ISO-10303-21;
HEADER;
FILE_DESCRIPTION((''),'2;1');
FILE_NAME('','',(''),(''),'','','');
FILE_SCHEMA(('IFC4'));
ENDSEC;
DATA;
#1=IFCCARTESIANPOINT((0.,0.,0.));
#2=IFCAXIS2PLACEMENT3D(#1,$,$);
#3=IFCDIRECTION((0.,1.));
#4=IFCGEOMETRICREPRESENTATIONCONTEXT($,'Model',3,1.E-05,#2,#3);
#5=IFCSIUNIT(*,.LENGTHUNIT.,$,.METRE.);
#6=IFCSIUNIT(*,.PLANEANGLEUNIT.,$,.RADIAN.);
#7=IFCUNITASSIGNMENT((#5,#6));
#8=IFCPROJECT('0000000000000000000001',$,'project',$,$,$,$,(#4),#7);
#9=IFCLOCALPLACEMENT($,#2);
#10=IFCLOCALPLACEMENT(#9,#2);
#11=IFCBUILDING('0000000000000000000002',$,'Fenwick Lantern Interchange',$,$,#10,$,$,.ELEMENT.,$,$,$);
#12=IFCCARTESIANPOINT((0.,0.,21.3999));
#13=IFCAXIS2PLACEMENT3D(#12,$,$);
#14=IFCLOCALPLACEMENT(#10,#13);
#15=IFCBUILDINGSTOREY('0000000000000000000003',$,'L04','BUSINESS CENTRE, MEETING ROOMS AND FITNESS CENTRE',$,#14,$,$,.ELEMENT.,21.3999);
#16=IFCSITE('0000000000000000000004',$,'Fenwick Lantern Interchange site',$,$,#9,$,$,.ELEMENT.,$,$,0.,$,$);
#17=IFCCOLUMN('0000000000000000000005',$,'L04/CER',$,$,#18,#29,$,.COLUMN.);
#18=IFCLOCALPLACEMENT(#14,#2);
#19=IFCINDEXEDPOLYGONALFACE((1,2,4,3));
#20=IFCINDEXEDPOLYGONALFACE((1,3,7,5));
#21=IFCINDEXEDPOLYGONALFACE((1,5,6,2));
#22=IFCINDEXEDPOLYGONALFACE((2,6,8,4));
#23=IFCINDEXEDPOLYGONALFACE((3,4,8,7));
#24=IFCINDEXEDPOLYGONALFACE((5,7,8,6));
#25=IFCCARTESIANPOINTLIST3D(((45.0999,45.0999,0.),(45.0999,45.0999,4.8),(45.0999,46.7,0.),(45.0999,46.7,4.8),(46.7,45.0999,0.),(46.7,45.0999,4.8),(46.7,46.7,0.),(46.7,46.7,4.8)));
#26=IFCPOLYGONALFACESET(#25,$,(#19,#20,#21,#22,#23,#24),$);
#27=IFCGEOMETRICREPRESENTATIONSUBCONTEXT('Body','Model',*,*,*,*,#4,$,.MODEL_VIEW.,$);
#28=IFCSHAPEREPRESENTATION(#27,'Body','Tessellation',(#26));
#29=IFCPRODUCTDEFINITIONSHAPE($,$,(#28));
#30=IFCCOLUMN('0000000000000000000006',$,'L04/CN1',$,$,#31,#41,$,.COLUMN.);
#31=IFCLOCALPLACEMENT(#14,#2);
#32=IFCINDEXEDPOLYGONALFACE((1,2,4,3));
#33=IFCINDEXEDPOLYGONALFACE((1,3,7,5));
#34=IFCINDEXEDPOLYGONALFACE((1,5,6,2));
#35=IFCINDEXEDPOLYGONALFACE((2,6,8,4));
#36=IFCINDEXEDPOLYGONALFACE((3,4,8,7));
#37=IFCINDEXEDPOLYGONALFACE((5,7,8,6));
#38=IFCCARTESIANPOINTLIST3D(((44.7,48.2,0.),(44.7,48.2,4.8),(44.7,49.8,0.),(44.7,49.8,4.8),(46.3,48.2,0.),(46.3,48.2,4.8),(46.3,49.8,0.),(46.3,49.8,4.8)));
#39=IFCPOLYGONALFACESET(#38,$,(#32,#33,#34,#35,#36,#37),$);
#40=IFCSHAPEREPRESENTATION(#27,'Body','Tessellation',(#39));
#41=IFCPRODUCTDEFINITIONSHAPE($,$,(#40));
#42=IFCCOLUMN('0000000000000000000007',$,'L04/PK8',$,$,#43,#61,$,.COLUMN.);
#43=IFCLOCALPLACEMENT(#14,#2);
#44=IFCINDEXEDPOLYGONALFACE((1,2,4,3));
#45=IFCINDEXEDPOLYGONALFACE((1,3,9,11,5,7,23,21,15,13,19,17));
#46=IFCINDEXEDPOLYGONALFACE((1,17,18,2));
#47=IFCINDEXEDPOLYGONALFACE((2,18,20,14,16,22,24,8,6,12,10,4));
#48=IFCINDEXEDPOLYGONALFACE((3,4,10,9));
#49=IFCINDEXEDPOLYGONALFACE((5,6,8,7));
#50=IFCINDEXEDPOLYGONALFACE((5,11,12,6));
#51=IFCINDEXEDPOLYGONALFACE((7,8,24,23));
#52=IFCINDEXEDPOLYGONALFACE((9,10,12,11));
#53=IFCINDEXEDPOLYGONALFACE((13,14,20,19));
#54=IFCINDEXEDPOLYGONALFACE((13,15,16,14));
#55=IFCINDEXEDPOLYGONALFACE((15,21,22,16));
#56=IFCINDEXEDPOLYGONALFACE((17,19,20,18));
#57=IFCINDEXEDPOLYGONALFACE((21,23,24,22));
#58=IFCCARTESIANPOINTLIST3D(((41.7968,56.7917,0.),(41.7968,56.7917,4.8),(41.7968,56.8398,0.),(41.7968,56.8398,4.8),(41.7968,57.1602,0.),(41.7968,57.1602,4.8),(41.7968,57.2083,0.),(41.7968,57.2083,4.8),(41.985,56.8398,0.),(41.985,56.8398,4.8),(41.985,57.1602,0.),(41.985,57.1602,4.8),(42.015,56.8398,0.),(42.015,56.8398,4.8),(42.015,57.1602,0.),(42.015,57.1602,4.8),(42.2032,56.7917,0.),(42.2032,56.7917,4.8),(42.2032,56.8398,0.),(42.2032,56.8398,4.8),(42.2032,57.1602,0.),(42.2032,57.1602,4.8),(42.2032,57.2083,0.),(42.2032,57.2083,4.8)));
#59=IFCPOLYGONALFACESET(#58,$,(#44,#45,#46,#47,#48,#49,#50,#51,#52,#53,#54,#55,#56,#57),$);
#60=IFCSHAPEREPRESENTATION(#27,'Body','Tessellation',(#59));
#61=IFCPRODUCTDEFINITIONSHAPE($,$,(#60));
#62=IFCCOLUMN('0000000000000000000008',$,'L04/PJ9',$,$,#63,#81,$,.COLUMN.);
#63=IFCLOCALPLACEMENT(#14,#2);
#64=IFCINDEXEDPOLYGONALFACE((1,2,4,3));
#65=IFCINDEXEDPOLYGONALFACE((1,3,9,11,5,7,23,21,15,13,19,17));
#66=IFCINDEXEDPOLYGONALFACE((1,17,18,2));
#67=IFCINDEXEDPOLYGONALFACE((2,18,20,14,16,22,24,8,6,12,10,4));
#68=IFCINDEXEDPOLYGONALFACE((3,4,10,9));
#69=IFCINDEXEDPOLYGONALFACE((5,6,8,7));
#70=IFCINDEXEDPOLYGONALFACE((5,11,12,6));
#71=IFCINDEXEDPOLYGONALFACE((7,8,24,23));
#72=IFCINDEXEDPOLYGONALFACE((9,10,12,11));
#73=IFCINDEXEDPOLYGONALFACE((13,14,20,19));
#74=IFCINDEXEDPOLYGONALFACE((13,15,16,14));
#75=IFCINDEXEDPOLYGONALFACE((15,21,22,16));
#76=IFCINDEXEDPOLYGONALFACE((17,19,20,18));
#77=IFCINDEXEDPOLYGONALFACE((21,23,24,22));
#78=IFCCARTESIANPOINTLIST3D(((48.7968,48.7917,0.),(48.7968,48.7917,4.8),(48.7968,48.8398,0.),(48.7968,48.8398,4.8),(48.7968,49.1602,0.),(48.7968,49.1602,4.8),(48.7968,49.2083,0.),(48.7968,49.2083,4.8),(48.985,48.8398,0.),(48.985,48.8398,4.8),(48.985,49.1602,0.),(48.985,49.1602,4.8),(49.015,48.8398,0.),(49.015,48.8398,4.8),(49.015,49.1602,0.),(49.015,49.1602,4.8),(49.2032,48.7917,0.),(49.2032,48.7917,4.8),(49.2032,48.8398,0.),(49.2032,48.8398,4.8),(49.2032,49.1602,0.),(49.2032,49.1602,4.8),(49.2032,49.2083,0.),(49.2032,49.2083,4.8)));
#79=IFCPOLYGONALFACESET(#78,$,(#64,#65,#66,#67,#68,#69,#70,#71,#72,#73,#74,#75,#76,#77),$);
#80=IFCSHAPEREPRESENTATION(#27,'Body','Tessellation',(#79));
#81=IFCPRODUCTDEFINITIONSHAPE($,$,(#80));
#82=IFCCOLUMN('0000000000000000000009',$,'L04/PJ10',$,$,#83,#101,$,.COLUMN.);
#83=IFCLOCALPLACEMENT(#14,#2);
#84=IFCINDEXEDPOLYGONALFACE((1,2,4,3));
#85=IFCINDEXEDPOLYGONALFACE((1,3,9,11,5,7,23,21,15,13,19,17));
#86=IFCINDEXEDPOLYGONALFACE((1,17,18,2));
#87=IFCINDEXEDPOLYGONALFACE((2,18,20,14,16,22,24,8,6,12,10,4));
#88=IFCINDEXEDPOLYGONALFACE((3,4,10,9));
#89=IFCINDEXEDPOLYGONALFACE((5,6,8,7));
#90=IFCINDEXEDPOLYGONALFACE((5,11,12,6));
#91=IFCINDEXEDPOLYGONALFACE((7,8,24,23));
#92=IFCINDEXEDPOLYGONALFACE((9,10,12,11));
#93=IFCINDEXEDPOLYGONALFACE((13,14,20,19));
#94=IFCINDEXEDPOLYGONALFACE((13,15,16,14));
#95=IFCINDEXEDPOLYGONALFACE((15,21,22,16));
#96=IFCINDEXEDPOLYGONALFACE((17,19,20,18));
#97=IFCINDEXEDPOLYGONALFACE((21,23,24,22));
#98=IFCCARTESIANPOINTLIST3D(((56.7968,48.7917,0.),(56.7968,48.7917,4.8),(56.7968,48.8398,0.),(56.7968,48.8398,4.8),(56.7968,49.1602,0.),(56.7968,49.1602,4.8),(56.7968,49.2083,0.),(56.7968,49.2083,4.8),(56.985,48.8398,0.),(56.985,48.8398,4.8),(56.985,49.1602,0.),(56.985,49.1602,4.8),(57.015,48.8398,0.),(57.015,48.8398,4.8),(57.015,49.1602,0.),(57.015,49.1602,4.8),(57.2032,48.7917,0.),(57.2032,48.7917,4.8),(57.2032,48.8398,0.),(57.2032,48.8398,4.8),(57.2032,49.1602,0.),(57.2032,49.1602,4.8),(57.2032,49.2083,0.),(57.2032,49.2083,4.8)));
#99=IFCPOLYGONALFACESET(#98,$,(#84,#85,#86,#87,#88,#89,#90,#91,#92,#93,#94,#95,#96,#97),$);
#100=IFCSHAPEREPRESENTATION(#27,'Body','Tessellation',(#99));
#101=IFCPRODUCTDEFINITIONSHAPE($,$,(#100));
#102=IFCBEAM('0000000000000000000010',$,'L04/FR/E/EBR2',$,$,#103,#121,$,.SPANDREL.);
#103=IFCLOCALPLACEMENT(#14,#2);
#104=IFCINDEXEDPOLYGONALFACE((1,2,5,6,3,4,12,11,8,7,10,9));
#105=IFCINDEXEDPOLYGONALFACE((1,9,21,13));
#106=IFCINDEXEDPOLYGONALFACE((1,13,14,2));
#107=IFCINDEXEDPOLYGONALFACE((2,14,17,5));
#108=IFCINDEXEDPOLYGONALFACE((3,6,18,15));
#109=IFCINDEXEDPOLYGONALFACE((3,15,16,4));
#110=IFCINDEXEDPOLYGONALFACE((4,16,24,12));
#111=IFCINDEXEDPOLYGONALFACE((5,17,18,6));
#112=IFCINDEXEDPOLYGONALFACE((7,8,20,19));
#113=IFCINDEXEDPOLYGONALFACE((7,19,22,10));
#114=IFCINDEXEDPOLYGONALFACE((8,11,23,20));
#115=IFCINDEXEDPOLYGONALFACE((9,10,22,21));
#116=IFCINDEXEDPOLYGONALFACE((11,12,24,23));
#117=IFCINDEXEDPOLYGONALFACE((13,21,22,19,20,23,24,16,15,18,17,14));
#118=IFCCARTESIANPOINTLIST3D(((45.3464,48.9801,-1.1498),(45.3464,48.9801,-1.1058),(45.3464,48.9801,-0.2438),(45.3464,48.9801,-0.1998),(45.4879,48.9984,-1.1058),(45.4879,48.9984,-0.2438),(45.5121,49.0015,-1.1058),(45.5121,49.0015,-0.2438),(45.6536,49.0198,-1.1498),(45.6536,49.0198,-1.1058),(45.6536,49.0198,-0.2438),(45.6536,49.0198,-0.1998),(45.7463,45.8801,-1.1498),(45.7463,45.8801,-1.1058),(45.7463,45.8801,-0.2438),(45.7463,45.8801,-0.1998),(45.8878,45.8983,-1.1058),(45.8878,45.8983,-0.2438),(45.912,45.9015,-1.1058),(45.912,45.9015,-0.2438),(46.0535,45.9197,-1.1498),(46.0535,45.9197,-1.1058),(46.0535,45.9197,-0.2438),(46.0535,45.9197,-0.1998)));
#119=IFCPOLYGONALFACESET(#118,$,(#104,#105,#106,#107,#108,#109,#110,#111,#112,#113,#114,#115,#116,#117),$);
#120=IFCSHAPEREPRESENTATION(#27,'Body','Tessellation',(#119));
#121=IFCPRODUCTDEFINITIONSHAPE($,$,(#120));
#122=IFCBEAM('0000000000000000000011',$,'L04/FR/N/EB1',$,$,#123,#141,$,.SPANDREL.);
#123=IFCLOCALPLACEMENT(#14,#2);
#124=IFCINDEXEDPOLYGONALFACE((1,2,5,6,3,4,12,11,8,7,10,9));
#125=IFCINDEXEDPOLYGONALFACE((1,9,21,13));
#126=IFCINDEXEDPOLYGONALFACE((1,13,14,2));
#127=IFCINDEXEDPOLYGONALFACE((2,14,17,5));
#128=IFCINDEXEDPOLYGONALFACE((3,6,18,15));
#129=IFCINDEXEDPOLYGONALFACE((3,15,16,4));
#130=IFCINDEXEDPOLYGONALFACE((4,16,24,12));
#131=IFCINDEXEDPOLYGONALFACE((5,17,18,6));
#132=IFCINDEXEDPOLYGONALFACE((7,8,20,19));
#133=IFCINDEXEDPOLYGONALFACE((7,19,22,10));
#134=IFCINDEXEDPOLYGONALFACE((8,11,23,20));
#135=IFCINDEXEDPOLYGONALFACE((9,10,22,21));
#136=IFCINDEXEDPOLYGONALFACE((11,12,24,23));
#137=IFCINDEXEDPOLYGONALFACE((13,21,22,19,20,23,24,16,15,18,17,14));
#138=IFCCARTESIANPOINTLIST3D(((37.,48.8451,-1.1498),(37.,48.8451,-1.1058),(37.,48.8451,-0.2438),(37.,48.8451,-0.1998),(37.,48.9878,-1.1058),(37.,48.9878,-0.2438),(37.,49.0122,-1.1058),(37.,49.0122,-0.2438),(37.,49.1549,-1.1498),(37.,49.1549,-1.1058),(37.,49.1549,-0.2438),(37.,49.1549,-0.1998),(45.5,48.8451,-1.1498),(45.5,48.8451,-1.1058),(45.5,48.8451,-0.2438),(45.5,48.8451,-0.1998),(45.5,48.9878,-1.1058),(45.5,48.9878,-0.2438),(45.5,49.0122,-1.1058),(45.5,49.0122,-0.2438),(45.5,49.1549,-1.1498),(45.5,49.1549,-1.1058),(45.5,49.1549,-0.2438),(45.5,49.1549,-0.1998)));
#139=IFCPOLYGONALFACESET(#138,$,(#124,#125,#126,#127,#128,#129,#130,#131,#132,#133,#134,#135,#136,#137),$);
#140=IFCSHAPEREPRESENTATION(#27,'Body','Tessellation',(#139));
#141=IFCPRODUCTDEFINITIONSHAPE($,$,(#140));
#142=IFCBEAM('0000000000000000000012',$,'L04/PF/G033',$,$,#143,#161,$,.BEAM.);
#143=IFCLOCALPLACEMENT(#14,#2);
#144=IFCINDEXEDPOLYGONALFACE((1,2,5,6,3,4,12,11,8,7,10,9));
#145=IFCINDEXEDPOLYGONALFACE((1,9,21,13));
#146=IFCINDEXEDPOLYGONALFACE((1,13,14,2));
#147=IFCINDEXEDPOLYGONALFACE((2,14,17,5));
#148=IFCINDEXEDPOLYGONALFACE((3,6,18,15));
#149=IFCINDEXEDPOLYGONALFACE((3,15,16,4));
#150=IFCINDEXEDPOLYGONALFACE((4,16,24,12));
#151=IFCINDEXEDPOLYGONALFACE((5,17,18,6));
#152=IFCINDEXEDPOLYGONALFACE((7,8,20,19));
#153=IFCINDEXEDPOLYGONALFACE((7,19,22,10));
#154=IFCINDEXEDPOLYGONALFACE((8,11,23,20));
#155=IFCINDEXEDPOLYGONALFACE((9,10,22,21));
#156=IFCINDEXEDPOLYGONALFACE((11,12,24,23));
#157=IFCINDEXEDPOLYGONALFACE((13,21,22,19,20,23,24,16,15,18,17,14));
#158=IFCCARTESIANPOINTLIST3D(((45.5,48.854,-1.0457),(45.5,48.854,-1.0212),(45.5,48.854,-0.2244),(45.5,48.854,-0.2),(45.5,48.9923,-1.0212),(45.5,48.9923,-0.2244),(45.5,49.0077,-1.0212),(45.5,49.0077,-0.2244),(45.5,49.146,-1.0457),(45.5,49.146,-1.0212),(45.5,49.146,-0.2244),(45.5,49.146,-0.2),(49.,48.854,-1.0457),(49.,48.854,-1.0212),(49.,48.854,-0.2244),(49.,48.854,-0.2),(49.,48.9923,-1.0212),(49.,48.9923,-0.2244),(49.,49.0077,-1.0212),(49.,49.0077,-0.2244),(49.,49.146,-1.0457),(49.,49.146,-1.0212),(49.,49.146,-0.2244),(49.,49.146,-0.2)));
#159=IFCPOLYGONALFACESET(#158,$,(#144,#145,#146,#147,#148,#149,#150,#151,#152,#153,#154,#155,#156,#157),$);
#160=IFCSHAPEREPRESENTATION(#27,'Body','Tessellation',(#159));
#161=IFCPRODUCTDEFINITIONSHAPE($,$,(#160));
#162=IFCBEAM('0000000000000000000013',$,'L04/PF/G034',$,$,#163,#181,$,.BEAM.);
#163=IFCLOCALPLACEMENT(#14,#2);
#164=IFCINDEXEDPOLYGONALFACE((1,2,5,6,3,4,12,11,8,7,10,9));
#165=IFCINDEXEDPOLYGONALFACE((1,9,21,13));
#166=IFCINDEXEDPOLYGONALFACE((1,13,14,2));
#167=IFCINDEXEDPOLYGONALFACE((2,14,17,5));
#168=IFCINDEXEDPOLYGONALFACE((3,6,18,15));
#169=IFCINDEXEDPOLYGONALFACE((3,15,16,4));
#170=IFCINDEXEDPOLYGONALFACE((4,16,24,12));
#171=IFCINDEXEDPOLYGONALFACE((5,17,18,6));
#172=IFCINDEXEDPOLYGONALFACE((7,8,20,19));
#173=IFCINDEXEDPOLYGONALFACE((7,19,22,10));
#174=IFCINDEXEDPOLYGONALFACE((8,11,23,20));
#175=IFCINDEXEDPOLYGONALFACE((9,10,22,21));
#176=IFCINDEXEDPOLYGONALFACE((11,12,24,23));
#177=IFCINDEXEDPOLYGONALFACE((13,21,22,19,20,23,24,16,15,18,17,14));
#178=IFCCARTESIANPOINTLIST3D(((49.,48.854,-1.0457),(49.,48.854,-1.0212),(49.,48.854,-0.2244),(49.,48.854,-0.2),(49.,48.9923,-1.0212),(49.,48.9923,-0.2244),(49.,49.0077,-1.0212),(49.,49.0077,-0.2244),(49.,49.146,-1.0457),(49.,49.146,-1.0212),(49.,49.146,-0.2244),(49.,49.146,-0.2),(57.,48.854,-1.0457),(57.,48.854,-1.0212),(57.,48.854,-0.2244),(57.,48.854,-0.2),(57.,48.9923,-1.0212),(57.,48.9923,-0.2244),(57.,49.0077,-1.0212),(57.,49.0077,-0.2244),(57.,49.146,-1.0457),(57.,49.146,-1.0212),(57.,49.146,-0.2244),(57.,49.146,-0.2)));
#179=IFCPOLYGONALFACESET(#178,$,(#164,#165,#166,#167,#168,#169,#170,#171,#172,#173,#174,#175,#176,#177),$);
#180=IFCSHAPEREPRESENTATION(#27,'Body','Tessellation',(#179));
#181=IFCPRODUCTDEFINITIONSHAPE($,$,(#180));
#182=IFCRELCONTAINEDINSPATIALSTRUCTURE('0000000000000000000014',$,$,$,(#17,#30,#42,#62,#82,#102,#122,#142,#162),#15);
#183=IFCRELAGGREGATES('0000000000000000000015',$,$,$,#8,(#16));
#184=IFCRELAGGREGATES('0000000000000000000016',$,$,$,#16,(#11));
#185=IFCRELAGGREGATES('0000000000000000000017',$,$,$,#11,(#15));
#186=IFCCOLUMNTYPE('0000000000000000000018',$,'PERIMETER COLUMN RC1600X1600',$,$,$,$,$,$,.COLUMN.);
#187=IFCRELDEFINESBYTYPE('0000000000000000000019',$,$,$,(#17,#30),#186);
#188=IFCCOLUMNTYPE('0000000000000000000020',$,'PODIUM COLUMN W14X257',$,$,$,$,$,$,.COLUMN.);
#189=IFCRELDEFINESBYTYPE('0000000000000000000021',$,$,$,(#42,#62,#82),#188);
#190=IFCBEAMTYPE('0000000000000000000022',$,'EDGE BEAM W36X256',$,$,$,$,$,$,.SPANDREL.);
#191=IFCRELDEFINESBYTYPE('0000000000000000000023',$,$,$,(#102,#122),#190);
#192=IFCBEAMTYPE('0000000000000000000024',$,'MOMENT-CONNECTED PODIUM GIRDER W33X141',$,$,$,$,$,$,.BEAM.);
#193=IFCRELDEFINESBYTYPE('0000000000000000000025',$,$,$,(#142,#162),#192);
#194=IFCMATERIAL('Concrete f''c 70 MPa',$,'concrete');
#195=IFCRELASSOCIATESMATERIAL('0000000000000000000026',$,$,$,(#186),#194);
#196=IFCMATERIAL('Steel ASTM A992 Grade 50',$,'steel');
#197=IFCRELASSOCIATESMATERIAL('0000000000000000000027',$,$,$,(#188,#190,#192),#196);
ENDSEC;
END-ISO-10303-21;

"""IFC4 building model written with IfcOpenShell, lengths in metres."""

from ifc_helpers import new_model, si_unit, direction, frame, origin, origin_2d, place, context, subcontext, project, spatial, rectangle, i_section, extrude, material, material_profile, profile_set, type_object, element, save


model = new_model("IFC4")

# Units and contexts
model_context = context("Model", 3, precision=1e-05, world=origin(), true_north=direction((0.0, 1.0)))
body_context = subcontext(model_context, "Body", "Model", "MODEL_VIEW")
ifc_project = project(units=[si_unit("LENGTHUNIT", "METRE"), si_unit("PLANEANGLEUNIT", "RADIAN")], contexts=[model_context])

# Site, building, storey
site_placement = place(None, origin())
site = spatial("IfcSite", under=ifc_project, at=site_placement, Name="Fenwick Lantern Interchange site", CompositionType="ELEMENT", RefElevation=0.0)
building_placement = place(site_placement, origin())
building = spatial("IfcBuilding", under=site, at=building_placement, Name="Fenwick Lantern Interchange", CompositionType="ELEMENT")
storey_placement = place(building_placement, frame((0.0, 0.0, 21.3999)))
storey = spatial("IfcBuildingStorey", under=building, at=storey_placement, Name="L04", Description="BUSINESS CENTRE, MEETING ROOMS AND FITNESS CENTRE", CompositionType="ELEMENT", Elevation=21.3999)

# Columns
ifc_material_1 = material(Name="Concrete f'c 70 MPa", Category="concrete")
ifc_material_profile_1 = material_profile(ifc_material_1, rectangle(XDim=1.6001, YDim=1.6001, at=origin_2d()), Name="RC1600X1600")
ifc_profile_set_1 = profile_set([ifc_material_profile_1], Name="Concrete f'c 70 MPa")
column_type_1 = type_object("IfcColumnType", Name="PERIMETER COLUMN RC1600X1600", PredefinedType="COLUMN", material=ifc_profile_set_1)
for number, where, z_axis, x_axis, name in (
    (1, (45.8999, 45.8999, 0.0), (0.0, 0.0, 1.0), (1.0, 0.0, 0.0), "L04/CER"),
    (2, (45.5, 49.0, 0.0), (0.0, 0.0, 1.0), (1.0, 0.0, 0.0), "L04/CN1"),
):
    element("IfcColumn", number, at=place(storey_placement, frame(where, z_axis=z_axis, x_axis=x_axis)), inside=storey, type_object=column_type_1, Name=name, PredefinedType="COLUMN", context=body_context, shape_type="SweptSolid", body=[
        extrude(rectangle(XDim=1.6001, YDim=1.6001, at=origin_2d()), origin(), (0.0, 0.0, 1.0), 4.8),
    ])
ifc_material_2 = material(Name="Steel ASTM A992 Grade 50", Category="steel")
ifc_material_profile_2 = material_profile(ifc_material_2, i_section(OverallWidth=0.4065, OverallDepth=0.4165, WebThickness=0.03, FlangeThickness=0.0481, at=origin_2d()), Name="W14X257")
ifc_profile_set_2 = profile_set([ifc_material_profile_2], Name="Steel ASTM A992 Grade 50")
column_type_2 = type_object("IfcColumnType", Name="PODIUM COLUMN W14X257", PredefinedType="COLUMN", material=ifc_profile_set_2)
for number, where, z_axis, x_axis, name in (
    (3, (42.0, 57.0, 0.0), (0.0, 0.0, 1.0), (1.0, 0.0, 0.0), "L04/PK8"),
    (4, (49.0, 49.0, 0.0), (0.0, 0.0, 1.0), (1.0, 0.0, 0.0), "L04/PJ9"),
    (5, (57.0, 49.0, 0.0), (0.0, 0.0, 1.0), (1.0, 0.0, 0.0), "L04/PJ10"),
):
    element("IfcColumn", number, at=place(storey_placement, frame(where, z_axis=z_axis, x_axis=x_axis)), inside=storey, type_object=column_type_2, Name=name, PredefinedType="COLUMN", context=body_context, shape_type="SweptSolid", body=[
        extrude(i_section(OverallWidth=0.4065, OverallDepth=0.4165, WebThickness=0.03, FlangeThickness=0.0481, at=origin_2d()), origin(), (0.0, 0.0, 1.0), 4.8),
    ])

# Beams
ifc_material_profile_3 = material_profile(ifc_material_2, i_section(OverallWidth=0.3098, OverallDepth=0.95, WebThickness=0.0244, FlangeThickness=0.0439, at=origin_2d()), Name="W36X256")
ifc_profile_set_3 = profile_set([ifc_material_profile_3], Name="Steel ASTM A992 Grade 50")
beam_type_1 = type_object("IfcBeamType", Name="EDGE BEAM W36X256", PredefinedType="SPANDREL", material=ifc_profile_set_3)
beam_1_placement = place(storey_placement, frame((45.8999, 45.8999, -0.6748), z_axis=(-0.127937, 0.991782, 0.0), x_axis=(-0.991782, -0.127937, 0.0)))
element("IfcBeam", 6, at=beam_1_placement, inside=storey, type_object=beam_type_1, Name="L04/FR/E/EBR2", PredefinedType="SPANDREL", context=body_context, shape_type="SweptSolid", body=[
    extrude(i_section(OverallWidth=0.3098, OverallDepth=0.95, WebThickness=0.0244, FlangeThickness=0.0439, at=origin_2d()), origin(), (0.0, 0.0, 1.0), 3.1257),
])
beam_2_placement = place(storey_placement, frame((45.5, 49.0, -0.6748), z_axis=(-1.0, 0.0, 0.0), x_axis=(0.0, -1.0, 0.0)))
element("IfcBeam", 7, at=beam_2_placement, inside=storey, type_object=beam_type_1, Name="L04/FR/N/EB1", PredefinedType="SPANDREL", context=body_context, shape_type="SweptSolid", body=[
    extrude(i_section(OverallWidth=0.3098, OverallDepth=0.95, WebThickness=0.0244, FlangeThickness=0.0439, at=origin_2d()), origin(), (0.0, 0.0, 1.0), 8.5),
])
ifc_material_profile_4 = material_profile(ifc_material_2, i_section(OverallWidth=0.292, OverallDepth=0.8457, WebThickness=0.0154, FlangeThickness=0.0244, at=origin_2d()), Name="W33X141")
ifc_profile_set_4 = profile_set([ifc_material_profile_4], Name="Steel ASTM A992 Grade 50")
beam_type_2 = type_object("IfcBeamType", Name="MOMENT-CONNECTED PODIUM GIRDER W33X141", PredefinedType="BEAM", material=ifc_profile_set_4)
beam_3_placement = place(storey_placement, frame((45.5, 49.0, -0.6228), z_axis=(1.0, 0.0, 0.0), x_axis=(0.0, 1.0, 0.0)))
element("IfcBeam", 8, at=beam_3_placement, inside=storey, type_object=beam_type_2, Name="L04/PF/G033", PredefinedType="BEAM", context=body_context, shape_type="SweptSolid", body=[
    extrude(i_section(OverallWidth=0.292, OverallDepth=0.8457, WebThickness=0.0154, FlangeThickness=0.0244, at=origin_2d()), origin(), (0.0, 0.0, 1.0), 3.5),
])
beam_4_placement = place(storey_placement, frame((49.0, 49.0, -0.6228), z_axis=(1.0, 0.0, 0.0), x_axis=(0.0, 1.0, 0.0)))
element("IfcBeam", 9, at=beam_4_placement, inside=storey, type_object=beam_type_2, Name="L04/PF/G034", PredefinedType="BEAM", context=body_context, shape_type="SweptSolid", body=[
    extrude(i_section(OverallWidth=0.292, OverallDepth=0.8457, WebThickness=0.0154, FlangeThickness=0.0244, at=origin_2d()), origin(), (0.0, 0.0, 1.0), 8.0),
])

save(model, "model.ifc")
